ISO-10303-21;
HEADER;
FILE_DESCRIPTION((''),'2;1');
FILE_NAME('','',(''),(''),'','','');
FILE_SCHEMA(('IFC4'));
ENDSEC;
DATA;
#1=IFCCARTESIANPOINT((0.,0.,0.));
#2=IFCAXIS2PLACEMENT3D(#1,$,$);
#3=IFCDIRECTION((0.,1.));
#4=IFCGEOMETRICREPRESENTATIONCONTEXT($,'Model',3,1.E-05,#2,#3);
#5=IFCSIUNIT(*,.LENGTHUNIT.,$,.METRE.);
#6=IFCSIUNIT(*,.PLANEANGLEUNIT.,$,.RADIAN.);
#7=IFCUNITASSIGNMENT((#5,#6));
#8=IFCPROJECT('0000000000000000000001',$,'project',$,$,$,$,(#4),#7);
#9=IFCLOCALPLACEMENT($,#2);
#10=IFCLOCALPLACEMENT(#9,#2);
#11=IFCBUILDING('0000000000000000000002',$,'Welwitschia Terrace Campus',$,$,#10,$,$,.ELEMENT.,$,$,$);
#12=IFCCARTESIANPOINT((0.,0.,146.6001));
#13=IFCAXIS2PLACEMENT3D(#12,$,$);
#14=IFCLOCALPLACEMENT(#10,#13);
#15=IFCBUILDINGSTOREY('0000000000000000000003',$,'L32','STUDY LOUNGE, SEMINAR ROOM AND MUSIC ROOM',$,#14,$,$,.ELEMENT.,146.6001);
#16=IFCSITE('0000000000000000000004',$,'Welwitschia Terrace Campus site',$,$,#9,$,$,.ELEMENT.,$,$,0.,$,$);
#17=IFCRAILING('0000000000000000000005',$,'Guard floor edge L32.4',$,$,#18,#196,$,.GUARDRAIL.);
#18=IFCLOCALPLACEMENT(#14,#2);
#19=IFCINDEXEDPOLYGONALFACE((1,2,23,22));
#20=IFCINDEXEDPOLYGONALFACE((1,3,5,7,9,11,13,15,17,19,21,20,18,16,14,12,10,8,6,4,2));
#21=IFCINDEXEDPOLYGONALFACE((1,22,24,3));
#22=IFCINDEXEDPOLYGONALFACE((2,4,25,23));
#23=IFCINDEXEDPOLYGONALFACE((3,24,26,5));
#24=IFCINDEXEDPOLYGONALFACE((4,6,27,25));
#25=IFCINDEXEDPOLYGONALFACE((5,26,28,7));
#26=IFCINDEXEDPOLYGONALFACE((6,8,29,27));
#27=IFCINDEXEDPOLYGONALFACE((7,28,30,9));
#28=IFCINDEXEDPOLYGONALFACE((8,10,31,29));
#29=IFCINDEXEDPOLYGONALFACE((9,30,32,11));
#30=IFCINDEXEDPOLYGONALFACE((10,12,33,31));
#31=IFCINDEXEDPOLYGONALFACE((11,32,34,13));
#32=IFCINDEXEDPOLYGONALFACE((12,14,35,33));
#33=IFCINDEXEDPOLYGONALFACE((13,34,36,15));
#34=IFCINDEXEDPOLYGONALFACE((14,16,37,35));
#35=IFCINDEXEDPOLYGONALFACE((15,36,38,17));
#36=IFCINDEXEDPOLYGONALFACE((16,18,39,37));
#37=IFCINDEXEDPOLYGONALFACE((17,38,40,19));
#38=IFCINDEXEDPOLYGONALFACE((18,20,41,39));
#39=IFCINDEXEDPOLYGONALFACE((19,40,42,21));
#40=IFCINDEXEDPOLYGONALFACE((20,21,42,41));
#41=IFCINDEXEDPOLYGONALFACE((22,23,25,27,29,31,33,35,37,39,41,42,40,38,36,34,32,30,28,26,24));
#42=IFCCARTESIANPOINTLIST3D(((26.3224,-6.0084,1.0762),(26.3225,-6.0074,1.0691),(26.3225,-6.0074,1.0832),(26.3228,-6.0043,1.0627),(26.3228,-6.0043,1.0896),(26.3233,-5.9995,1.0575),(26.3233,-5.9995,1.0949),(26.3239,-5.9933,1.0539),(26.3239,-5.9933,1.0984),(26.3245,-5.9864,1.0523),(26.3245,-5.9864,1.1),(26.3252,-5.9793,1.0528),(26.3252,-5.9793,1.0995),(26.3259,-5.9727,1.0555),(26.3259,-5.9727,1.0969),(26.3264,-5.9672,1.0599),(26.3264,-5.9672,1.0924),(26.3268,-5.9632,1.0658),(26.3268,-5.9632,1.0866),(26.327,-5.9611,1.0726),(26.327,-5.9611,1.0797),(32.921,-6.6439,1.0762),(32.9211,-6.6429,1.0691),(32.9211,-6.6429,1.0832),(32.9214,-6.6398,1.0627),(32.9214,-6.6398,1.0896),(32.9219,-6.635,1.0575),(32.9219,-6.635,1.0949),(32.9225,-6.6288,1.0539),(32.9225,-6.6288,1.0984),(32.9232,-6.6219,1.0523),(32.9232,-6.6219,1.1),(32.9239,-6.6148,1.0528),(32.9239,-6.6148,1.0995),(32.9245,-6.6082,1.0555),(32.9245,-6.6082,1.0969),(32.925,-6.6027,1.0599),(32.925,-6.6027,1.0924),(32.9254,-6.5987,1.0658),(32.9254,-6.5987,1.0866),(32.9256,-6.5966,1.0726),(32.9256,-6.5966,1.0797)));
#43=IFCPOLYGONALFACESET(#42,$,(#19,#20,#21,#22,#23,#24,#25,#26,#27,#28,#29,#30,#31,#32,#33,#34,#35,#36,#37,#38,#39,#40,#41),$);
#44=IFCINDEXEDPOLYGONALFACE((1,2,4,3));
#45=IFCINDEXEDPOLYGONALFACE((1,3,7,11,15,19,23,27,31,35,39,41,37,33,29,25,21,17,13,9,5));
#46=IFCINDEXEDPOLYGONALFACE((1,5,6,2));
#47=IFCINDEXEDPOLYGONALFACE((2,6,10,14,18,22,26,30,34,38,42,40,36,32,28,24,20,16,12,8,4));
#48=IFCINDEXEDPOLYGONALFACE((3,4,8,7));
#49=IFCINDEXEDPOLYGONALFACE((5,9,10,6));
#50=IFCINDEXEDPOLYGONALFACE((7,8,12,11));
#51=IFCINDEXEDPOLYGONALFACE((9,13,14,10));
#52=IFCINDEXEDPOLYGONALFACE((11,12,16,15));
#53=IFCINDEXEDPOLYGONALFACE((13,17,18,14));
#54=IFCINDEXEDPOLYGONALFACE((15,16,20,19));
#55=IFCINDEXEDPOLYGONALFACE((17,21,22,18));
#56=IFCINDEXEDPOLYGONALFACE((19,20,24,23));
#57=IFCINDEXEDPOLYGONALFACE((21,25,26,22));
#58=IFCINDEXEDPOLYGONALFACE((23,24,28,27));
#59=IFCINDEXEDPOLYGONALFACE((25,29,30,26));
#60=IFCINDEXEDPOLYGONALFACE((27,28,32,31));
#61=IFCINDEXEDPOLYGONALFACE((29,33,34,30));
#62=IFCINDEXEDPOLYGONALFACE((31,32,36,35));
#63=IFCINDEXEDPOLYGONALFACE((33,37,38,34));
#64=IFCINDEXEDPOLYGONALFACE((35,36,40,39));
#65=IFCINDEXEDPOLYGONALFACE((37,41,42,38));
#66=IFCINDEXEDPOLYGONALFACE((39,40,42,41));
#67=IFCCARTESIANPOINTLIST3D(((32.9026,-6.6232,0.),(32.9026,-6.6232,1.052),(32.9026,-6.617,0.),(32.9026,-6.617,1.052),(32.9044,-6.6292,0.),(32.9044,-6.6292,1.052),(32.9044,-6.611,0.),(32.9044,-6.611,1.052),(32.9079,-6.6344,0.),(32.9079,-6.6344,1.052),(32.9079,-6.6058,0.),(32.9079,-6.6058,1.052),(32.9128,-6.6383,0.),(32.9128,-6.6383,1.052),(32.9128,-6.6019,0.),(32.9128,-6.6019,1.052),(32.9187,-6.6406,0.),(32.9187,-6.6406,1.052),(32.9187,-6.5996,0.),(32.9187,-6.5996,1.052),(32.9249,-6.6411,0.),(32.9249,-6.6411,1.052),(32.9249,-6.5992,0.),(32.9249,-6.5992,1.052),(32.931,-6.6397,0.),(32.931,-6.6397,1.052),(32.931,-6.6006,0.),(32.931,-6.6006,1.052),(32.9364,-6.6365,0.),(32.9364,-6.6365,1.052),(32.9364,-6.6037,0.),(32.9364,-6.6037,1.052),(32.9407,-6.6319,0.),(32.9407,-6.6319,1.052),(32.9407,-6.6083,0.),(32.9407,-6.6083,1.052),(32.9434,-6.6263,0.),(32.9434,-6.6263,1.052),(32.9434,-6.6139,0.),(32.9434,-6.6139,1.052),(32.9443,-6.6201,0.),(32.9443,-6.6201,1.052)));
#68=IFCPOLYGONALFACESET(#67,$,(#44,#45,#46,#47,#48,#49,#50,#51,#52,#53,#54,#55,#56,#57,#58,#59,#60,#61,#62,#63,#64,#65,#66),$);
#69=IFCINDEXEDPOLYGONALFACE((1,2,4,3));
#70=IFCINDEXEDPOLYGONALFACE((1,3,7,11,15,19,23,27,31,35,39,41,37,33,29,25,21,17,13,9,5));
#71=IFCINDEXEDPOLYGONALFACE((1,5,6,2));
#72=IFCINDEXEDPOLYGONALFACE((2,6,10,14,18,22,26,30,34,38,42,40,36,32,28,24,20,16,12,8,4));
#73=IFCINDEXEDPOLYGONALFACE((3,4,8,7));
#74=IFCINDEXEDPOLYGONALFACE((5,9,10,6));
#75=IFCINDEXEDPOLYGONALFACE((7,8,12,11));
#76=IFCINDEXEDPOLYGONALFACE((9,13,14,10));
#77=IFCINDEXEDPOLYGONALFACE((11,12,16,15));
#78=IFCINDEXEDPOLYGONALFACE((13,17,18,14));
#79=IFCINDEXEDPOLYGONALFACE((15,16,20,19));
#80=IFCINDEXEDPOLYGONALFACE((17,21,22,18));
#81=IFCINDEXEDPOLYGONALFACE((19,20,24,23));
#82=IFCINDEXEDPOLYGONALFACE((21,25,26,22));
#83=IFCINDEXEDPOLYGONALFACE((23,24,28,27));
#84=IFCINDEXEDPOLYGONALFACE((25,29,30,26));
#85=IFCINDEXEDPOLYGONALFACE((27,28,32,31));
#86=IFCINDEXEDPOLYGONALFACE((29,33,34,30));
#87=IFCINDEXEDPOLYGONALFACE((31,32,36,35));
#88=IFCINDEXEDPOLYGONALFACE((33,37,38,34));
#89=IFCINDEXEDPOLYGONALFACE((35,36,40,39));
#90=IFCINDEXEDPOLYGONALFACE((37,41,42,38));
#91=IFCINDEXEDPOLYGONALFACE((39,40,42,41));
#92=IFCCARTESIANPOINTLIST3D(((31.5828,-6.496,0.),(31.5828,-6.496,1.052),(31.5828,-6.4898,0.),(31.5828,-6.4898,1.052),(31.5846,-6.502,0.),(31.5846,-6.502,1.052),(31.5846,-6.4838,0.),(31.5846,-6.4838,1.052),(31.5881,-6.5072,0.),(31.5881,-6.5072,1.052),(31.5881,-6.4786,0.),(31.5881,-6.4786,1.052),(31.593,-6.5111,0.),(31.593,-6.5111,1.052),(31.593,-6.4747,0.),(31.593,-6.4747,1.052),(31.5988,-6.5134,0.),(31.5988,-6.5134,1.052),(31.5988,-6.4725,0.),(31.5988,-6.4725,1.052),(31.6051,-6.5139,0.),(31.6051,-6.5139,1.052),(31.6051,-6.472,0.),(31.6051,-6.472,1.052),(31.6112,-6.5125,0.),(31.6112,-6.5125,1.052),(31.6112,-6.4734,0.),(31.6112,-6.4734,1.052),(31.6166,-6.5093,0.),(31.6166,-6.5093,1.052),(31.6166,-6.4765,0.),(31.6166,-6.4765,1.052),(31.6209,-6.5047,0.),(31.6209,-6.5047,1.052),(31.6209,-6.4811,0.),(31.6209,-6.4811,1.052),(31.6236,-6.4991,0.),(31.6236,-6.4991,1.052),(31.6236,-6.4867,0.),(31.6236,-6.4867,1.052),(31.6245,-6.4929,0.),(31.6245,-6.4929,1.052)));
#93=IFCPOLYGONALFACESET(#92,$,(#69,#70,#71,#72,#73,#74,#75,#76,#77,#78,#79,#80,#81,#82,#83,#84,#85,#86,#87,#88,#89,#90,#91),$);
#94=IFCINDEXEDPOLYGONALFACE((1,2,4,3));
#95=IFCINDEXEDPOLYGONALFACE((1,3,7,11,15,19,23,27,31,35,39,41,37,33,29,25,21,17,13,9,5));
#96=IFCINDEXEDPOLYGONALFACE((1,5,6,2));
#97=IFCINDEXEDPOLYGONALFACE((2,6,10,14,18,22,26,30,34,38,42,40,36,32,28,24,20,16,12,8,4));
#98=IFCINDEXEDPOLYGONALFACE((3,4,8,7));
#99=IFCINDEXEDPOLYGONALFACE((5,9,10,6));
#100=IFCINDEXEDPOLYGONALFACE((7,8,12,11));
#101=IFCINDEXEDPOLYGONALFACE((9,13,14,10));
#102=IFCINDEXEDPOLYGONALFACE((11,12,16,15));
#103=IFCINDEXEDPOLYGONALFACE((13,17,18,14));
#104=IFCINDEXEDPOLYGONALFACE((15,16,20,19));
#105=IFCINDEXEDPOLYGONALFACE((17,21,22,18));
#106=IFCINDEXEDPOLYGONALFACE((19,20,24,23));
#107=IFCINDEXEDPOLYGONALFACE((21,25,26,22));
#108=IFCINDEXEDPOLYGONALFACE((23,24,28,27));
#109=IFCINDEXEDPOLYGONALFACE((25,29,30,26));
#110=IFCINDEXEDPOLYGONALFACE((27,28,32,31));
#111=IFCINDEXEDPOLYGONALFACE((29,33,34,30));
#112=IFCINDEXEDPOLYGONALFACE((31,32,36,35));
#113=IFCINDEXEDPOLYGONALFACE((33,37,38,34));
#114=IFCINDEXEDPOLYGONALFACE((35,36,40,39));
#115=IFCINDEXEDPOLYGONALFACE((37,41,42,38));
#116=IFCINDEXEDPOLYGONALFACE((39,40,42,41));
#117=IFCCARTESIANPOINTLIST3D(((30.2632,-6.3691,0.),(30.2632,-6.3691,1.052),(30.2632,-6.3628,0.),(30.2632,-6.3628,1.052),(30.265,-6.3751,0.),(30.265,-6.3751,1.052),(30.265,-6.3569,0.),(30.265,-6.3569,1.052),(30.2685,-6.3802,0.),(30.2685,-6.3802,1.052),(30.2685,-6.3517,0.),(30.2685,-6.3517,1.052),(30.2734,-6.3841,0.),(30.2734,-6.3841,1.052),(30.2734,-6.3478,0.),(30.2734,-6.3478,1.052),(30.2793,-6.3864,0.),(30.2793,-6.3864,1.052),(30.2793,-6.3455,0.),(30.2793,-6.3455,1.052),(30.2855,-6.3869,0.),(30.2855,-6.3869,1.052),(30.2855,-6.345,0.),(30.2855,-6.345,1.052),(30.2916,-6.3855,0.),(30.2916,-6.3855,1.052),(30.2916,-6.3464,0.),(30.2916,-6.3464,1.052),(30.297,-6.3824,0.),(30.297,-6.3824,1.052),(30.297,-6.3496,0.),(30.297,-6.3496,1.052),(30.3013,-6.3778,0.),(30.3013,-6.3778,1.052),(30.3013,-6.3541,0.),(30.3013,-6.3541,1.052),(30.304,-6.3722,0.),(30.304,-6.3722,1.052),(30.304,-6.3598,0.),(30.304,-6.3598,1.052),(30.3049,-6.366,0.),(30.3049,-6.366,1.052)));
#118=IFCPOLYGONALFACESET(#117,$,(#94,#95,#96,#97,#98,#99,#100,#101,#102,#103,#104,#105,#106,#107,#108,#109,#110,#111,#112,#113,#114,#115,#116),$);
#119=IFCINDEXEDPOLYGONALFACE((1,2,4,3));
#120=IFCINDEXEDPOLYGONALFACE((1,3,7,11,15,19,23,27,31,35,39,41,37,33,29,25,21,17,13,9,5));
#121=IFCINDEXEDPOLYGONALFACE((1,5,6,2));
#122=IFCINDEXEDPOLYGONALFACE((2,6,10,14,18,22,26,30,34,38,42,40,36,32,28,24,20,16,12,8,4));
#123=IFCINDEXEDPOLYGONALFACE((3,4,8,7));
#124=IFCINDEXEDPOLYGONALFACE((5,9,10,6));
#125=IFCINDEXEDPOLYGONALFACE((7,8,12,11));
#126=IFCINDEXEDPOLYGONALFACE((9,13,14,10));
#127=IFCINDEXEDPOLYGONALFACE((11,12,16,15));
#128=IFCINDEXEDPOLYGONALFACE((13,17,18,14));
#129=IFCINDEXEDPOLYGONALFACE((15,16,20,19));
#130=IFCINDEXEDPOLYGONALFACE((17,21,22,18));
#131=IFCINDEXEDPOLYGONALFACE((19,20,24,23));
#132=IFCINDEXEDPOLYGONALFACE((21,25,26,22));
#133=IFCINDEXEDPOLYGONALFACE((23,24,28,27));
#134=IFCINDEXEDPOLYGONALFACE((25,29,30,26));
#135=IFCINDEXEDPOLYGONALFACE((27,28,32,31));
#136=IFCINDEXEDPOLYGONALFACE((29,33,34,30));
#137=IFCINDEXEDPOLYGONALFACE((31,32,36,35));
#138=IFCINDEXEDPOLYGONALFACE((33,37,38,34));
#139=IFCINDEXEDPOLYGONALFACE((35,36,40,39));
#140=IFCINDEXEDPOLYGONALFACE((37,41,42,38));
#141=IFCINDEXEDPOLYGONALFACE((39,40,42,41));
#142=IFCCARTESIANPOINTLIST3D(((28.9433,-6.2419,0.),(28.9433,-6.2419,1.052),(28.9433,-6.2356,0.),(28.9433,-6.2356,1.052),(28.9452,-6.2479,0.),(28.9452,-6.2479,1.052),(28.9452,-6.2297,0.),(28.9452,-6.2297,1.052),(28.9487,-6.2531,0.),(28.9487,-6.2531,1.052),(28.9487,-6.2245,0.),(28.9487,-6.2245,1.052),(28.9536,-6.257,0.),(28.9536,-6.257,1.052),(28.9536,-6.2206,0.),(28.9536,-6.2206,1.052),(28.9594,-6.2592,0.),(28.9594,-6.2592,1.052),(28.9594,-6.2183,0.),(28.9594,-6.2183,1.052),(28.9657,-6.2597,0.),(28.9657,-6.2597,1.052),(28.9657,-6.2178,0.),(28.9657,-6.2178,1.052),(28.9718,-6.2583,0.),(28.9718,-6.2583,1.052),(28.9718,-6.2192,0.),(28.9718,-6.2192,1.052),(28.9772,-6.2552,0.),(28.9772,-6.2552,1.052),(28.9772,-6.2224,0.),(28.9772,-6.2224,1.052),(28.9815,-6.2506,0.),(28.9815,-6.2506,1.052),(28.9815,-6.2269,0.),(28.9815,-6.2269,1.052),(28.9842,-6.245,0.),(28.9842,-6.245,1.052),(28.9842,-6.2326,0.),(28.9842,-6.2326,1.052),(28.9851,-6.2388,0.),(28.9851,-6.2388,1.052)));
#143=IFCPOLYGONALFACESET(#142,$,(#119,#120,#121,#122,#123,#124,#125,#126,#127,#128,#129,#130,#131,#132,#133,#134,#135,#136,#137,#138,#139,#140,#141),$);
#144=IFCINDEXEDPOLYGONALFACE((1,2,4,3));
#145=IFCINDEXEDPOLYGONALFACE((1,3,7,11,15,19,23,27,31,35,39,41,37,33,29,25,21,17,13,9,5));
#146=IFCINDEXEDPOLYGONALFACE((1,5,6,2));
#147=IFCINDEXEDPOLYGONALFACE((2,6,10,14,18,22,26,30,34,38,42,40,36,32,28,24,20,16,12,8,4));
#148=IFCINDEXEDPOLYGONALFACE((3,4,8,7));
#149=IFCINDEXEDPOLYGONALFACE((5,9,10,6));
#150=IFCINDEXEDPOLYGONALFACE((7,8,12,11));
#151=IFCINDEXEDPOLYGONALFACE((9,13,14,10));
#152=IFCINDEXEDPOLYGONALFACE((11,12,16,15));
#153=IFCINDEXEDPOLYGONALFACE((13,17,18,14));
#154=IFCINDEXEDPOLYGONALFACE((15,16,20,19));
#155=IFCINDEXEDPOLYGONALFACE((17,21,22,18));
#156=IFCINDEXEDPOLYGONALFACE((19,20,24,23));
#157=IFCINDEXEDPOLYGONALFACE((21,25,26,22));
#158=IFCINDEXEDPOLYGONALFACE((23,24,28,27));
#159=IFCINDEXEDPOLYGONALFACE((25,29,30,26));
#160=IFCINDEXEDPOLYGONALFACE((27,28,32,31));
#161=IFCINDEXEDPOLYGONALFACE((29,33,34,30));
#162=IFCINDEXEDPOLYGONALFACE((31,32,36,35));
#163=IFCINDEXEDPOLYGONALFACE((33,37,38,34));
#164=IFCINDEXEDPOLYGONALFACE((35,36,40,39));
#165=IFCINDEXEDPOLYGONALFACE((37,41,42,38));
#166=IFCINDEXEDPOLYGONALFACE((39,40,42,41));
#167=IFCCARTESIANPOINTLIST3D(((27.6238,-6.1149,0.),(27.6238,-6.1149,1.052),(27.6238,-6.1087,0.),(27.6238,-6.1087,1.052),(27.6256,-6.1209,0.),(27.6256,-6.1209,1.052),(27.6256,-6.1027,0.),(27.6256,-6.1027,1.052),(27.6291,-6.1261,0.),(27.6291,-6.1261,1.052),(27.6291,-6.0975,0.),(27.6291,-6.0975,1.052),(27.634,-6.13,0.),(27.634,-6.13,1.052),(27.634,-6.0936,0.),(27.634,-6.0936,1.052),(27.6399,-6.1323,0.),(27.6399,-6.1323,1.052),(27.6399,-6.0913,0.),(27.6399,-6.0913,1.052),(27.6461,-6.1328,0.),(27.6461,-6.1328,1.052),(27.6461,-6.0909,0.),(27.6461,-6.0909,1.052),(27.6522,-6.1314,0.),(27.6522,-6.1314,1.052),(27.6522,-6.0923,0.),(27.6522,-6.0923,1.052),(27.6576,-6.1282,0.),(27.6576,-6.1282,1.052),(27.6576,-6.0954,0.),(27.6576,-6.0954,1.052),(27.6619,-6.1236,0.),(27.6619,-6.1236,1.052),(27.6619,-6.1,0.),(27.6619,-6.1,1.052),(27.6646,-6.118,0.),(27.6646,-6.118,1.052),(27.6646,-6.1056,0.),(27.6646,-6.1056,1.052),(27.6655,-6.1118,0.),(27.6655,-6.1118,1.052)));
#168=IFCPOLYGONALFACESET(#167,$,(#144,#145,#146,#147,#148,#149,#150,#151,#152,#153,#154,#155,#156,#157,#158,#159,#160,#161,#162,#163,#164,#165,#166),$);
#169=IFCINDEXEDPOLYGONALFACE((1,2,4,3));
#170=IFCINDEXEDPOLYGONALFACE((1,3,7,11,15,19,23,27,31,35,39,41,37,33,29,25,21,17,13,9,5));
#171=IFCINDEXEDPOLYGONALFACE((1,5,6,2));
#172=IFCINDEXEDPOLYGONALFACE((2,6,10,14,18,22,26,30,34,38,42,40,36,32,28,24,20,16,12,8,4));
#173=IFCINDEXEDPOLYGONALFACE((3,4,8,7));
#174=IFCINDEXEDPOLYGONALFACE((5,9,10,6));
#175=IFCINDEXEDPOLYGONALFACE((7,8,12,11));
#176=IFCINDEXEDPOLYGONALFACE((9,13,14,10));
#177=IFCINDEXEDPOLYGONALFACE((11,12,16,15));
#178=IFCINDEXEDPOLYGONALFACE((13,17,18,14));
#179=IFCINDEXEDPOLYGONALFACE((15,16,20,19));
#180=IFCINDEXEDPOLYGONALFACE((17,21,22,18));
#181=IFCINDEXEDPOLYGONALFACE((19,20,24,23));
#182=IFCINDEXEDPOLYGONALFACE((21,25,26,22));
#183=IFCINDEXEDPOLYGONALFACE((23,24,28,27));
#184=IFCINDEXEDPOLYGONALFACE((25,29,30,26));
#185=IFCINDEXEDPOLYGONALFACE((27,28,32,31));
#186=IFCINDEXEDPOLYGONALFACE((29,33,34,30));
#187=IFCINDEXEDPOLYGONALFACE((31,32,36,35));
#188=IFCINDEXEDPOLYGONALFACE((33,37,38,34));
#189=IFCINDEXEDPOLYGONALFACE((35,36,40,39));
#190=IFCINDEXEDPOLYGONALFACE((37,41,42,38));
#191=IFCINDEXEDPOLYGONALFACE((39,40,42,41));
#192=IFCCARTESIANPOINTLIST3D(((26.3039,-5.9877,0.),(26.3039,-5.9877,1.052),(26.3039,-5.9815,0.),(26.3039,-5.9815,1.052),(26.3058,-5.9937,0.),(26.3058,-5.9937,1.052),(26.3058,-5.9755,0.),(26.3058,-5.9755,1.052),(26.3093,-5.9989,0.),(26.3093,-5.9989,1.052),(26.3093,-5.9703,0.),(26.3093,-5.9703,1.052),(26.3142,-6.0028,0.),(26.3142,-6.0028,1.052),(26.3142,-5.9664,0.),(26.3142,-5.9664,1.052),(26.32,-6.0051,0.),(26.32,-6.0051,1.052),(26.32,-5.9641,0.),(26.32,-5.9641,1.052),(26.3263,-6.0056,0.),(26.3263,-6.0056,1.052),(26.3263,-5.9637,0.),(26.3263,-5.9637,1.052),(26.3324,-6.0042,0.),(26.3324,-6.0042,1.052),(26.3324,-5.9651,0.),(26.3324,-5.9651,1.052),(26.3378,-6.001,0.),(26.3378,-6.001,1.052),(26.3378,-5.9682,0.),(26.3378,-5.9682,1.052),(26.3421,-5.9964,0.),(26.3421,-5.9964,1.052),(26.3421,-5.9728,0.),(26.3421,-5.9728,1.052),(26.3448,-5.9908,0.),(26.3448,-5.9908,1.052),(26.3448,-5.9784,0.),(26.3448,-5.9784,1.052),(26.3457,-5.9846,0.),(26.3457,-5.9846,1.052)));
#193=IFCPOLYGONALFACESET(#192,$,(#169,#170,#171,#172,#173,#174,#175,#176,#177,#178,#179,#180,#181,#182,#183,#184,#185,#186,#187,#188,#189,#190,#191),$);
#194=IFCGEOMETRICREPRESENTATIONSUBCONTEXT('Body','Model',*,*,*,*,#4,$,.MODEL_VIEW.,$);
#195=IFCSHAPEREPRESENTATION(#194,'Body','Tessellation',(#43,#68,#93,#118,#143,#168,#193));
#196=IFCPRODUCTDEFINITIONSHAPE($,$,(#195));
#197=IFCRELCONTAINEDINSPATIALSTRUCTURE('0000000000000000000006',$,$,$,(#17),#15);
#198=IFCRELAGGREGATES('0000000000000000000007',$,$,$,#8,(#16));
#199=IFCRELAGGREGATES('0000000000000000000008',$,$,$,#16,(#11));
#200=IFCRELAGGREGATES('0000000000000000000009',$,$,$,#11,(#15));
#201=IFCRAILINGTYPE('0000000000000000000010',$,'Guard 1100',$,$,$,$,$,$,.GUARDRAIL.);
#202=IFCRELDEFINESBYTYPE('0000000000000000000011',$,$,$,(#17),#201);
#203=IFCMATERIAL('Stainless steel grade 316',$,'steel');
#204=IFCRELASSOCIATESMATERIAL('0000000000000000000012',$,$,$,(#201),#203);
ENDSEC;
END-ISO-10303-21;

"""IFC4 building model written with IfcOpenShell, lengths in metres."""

from ifc_helpers import new_model, si_unit, direction, frame, origin, origin_2d, place, context, subcontext, project, spatial, circle, extrude, material, type_object, element, save


model = new_model("IFC4")

# Units and contexts
model_context = context("Model", 3, precision=1e-05, world=origin(), true_north=direction((0.0, 1.0)))
body_context = subcontext(model_context, "Body", "Model", "MODEL_VIEW")
ifc_project = project(units=[si_unit("LENGTHUNIT", "METRE"), si_unit("PLANEANGLEUNIT", "RADIAN")], contexts=[model_context])

# Site, building, storey
site_placement = place(None, origin())
site = spatial("IfcSite", under=ifc_project, at=site_placement, Name="Welwitschia Terrace Campus site", CompositionType="ELEMENT", RefElevation=0.0)
building_placement = place(site_placement, origin())
building = spatial("IfcBuilding", under=site, at=building_placement, Name="Welwitschia Terrace Campus", CompositionType="ELEMENT")
storey_placement = place(building_placement, frame((0.0, 0.0, 146.6001)))
storey = spatial("IfcBuildingStorey", under=building, at=storey_placement, Name="L32", Description="STUDY LOUNGE, SEMINAR ROOM AND MUSIC ROOM", CompositionType="ELEMENT", Elevation=146.6001)

# Railing
ifc_material_1 = material(Name="Stainless steel grade 316", Category="steel")
railing_type = type_object("IfcRailingType", Name="Guard 1100", PredefinedType="GUARDRAIL", material=ifc_material_1)
railing_1_placement = place(storey_placement, frame((32.9233, -6.6201, 0.0)))
element("IfcRailing", 1, at=railing_1_placement, inside=storey, type_object=railing_type, Name="Guard floor edge L32.4", PredefinedType="GUARDRAIL", context=body_context, shape_type="SweptSolid", body=[
    extrude(circle(Radius=0.0239, at=origin_2d()), frame((0.0, 0.0, 1.0762), z_axis=(-0.995394, 0.095864, 0.0), x_axis=(-0.095864, -0.995394, 0.0)), (0.0, 0.0, 1.0), 6.6292),
    extrude(circle(Radius=0.021, at=origin_2d()), origin(), (0.0, 0.0, 1.0), 1.052),
    extrude(circle(Radius=0.021, at=origin_2d()), frame((-1.3198, 0.1272, 0.0)), (0.0, 0.0, 1.0), 1.052),
    extrude(circle(Radius=0.021, at=origin_2d()), frame((-2.6394, 0.2542, 0.0)), (0.0, 0.0, 1.0), 1.052),
    extrude(circle(Radius=0.021, at=origin_2d()), frame((-3.9592, 0.3813, 0.0)), (0.0, 0.0, 1.0), 1.052),
    extrude(circle(Radius=0.021, at=origin_2d()), frame((-5.2788, 0.5083, 0.0)), (0.0, 0.0, 1.0), 1.052),
    extrude(circle(Radius=0.021, at=origin_2d()), frame((-6.5986, 0.6355, 0.0)), (0.0, 0.0, 1.0), 1.052),
])

save(model, "model.ifc")
